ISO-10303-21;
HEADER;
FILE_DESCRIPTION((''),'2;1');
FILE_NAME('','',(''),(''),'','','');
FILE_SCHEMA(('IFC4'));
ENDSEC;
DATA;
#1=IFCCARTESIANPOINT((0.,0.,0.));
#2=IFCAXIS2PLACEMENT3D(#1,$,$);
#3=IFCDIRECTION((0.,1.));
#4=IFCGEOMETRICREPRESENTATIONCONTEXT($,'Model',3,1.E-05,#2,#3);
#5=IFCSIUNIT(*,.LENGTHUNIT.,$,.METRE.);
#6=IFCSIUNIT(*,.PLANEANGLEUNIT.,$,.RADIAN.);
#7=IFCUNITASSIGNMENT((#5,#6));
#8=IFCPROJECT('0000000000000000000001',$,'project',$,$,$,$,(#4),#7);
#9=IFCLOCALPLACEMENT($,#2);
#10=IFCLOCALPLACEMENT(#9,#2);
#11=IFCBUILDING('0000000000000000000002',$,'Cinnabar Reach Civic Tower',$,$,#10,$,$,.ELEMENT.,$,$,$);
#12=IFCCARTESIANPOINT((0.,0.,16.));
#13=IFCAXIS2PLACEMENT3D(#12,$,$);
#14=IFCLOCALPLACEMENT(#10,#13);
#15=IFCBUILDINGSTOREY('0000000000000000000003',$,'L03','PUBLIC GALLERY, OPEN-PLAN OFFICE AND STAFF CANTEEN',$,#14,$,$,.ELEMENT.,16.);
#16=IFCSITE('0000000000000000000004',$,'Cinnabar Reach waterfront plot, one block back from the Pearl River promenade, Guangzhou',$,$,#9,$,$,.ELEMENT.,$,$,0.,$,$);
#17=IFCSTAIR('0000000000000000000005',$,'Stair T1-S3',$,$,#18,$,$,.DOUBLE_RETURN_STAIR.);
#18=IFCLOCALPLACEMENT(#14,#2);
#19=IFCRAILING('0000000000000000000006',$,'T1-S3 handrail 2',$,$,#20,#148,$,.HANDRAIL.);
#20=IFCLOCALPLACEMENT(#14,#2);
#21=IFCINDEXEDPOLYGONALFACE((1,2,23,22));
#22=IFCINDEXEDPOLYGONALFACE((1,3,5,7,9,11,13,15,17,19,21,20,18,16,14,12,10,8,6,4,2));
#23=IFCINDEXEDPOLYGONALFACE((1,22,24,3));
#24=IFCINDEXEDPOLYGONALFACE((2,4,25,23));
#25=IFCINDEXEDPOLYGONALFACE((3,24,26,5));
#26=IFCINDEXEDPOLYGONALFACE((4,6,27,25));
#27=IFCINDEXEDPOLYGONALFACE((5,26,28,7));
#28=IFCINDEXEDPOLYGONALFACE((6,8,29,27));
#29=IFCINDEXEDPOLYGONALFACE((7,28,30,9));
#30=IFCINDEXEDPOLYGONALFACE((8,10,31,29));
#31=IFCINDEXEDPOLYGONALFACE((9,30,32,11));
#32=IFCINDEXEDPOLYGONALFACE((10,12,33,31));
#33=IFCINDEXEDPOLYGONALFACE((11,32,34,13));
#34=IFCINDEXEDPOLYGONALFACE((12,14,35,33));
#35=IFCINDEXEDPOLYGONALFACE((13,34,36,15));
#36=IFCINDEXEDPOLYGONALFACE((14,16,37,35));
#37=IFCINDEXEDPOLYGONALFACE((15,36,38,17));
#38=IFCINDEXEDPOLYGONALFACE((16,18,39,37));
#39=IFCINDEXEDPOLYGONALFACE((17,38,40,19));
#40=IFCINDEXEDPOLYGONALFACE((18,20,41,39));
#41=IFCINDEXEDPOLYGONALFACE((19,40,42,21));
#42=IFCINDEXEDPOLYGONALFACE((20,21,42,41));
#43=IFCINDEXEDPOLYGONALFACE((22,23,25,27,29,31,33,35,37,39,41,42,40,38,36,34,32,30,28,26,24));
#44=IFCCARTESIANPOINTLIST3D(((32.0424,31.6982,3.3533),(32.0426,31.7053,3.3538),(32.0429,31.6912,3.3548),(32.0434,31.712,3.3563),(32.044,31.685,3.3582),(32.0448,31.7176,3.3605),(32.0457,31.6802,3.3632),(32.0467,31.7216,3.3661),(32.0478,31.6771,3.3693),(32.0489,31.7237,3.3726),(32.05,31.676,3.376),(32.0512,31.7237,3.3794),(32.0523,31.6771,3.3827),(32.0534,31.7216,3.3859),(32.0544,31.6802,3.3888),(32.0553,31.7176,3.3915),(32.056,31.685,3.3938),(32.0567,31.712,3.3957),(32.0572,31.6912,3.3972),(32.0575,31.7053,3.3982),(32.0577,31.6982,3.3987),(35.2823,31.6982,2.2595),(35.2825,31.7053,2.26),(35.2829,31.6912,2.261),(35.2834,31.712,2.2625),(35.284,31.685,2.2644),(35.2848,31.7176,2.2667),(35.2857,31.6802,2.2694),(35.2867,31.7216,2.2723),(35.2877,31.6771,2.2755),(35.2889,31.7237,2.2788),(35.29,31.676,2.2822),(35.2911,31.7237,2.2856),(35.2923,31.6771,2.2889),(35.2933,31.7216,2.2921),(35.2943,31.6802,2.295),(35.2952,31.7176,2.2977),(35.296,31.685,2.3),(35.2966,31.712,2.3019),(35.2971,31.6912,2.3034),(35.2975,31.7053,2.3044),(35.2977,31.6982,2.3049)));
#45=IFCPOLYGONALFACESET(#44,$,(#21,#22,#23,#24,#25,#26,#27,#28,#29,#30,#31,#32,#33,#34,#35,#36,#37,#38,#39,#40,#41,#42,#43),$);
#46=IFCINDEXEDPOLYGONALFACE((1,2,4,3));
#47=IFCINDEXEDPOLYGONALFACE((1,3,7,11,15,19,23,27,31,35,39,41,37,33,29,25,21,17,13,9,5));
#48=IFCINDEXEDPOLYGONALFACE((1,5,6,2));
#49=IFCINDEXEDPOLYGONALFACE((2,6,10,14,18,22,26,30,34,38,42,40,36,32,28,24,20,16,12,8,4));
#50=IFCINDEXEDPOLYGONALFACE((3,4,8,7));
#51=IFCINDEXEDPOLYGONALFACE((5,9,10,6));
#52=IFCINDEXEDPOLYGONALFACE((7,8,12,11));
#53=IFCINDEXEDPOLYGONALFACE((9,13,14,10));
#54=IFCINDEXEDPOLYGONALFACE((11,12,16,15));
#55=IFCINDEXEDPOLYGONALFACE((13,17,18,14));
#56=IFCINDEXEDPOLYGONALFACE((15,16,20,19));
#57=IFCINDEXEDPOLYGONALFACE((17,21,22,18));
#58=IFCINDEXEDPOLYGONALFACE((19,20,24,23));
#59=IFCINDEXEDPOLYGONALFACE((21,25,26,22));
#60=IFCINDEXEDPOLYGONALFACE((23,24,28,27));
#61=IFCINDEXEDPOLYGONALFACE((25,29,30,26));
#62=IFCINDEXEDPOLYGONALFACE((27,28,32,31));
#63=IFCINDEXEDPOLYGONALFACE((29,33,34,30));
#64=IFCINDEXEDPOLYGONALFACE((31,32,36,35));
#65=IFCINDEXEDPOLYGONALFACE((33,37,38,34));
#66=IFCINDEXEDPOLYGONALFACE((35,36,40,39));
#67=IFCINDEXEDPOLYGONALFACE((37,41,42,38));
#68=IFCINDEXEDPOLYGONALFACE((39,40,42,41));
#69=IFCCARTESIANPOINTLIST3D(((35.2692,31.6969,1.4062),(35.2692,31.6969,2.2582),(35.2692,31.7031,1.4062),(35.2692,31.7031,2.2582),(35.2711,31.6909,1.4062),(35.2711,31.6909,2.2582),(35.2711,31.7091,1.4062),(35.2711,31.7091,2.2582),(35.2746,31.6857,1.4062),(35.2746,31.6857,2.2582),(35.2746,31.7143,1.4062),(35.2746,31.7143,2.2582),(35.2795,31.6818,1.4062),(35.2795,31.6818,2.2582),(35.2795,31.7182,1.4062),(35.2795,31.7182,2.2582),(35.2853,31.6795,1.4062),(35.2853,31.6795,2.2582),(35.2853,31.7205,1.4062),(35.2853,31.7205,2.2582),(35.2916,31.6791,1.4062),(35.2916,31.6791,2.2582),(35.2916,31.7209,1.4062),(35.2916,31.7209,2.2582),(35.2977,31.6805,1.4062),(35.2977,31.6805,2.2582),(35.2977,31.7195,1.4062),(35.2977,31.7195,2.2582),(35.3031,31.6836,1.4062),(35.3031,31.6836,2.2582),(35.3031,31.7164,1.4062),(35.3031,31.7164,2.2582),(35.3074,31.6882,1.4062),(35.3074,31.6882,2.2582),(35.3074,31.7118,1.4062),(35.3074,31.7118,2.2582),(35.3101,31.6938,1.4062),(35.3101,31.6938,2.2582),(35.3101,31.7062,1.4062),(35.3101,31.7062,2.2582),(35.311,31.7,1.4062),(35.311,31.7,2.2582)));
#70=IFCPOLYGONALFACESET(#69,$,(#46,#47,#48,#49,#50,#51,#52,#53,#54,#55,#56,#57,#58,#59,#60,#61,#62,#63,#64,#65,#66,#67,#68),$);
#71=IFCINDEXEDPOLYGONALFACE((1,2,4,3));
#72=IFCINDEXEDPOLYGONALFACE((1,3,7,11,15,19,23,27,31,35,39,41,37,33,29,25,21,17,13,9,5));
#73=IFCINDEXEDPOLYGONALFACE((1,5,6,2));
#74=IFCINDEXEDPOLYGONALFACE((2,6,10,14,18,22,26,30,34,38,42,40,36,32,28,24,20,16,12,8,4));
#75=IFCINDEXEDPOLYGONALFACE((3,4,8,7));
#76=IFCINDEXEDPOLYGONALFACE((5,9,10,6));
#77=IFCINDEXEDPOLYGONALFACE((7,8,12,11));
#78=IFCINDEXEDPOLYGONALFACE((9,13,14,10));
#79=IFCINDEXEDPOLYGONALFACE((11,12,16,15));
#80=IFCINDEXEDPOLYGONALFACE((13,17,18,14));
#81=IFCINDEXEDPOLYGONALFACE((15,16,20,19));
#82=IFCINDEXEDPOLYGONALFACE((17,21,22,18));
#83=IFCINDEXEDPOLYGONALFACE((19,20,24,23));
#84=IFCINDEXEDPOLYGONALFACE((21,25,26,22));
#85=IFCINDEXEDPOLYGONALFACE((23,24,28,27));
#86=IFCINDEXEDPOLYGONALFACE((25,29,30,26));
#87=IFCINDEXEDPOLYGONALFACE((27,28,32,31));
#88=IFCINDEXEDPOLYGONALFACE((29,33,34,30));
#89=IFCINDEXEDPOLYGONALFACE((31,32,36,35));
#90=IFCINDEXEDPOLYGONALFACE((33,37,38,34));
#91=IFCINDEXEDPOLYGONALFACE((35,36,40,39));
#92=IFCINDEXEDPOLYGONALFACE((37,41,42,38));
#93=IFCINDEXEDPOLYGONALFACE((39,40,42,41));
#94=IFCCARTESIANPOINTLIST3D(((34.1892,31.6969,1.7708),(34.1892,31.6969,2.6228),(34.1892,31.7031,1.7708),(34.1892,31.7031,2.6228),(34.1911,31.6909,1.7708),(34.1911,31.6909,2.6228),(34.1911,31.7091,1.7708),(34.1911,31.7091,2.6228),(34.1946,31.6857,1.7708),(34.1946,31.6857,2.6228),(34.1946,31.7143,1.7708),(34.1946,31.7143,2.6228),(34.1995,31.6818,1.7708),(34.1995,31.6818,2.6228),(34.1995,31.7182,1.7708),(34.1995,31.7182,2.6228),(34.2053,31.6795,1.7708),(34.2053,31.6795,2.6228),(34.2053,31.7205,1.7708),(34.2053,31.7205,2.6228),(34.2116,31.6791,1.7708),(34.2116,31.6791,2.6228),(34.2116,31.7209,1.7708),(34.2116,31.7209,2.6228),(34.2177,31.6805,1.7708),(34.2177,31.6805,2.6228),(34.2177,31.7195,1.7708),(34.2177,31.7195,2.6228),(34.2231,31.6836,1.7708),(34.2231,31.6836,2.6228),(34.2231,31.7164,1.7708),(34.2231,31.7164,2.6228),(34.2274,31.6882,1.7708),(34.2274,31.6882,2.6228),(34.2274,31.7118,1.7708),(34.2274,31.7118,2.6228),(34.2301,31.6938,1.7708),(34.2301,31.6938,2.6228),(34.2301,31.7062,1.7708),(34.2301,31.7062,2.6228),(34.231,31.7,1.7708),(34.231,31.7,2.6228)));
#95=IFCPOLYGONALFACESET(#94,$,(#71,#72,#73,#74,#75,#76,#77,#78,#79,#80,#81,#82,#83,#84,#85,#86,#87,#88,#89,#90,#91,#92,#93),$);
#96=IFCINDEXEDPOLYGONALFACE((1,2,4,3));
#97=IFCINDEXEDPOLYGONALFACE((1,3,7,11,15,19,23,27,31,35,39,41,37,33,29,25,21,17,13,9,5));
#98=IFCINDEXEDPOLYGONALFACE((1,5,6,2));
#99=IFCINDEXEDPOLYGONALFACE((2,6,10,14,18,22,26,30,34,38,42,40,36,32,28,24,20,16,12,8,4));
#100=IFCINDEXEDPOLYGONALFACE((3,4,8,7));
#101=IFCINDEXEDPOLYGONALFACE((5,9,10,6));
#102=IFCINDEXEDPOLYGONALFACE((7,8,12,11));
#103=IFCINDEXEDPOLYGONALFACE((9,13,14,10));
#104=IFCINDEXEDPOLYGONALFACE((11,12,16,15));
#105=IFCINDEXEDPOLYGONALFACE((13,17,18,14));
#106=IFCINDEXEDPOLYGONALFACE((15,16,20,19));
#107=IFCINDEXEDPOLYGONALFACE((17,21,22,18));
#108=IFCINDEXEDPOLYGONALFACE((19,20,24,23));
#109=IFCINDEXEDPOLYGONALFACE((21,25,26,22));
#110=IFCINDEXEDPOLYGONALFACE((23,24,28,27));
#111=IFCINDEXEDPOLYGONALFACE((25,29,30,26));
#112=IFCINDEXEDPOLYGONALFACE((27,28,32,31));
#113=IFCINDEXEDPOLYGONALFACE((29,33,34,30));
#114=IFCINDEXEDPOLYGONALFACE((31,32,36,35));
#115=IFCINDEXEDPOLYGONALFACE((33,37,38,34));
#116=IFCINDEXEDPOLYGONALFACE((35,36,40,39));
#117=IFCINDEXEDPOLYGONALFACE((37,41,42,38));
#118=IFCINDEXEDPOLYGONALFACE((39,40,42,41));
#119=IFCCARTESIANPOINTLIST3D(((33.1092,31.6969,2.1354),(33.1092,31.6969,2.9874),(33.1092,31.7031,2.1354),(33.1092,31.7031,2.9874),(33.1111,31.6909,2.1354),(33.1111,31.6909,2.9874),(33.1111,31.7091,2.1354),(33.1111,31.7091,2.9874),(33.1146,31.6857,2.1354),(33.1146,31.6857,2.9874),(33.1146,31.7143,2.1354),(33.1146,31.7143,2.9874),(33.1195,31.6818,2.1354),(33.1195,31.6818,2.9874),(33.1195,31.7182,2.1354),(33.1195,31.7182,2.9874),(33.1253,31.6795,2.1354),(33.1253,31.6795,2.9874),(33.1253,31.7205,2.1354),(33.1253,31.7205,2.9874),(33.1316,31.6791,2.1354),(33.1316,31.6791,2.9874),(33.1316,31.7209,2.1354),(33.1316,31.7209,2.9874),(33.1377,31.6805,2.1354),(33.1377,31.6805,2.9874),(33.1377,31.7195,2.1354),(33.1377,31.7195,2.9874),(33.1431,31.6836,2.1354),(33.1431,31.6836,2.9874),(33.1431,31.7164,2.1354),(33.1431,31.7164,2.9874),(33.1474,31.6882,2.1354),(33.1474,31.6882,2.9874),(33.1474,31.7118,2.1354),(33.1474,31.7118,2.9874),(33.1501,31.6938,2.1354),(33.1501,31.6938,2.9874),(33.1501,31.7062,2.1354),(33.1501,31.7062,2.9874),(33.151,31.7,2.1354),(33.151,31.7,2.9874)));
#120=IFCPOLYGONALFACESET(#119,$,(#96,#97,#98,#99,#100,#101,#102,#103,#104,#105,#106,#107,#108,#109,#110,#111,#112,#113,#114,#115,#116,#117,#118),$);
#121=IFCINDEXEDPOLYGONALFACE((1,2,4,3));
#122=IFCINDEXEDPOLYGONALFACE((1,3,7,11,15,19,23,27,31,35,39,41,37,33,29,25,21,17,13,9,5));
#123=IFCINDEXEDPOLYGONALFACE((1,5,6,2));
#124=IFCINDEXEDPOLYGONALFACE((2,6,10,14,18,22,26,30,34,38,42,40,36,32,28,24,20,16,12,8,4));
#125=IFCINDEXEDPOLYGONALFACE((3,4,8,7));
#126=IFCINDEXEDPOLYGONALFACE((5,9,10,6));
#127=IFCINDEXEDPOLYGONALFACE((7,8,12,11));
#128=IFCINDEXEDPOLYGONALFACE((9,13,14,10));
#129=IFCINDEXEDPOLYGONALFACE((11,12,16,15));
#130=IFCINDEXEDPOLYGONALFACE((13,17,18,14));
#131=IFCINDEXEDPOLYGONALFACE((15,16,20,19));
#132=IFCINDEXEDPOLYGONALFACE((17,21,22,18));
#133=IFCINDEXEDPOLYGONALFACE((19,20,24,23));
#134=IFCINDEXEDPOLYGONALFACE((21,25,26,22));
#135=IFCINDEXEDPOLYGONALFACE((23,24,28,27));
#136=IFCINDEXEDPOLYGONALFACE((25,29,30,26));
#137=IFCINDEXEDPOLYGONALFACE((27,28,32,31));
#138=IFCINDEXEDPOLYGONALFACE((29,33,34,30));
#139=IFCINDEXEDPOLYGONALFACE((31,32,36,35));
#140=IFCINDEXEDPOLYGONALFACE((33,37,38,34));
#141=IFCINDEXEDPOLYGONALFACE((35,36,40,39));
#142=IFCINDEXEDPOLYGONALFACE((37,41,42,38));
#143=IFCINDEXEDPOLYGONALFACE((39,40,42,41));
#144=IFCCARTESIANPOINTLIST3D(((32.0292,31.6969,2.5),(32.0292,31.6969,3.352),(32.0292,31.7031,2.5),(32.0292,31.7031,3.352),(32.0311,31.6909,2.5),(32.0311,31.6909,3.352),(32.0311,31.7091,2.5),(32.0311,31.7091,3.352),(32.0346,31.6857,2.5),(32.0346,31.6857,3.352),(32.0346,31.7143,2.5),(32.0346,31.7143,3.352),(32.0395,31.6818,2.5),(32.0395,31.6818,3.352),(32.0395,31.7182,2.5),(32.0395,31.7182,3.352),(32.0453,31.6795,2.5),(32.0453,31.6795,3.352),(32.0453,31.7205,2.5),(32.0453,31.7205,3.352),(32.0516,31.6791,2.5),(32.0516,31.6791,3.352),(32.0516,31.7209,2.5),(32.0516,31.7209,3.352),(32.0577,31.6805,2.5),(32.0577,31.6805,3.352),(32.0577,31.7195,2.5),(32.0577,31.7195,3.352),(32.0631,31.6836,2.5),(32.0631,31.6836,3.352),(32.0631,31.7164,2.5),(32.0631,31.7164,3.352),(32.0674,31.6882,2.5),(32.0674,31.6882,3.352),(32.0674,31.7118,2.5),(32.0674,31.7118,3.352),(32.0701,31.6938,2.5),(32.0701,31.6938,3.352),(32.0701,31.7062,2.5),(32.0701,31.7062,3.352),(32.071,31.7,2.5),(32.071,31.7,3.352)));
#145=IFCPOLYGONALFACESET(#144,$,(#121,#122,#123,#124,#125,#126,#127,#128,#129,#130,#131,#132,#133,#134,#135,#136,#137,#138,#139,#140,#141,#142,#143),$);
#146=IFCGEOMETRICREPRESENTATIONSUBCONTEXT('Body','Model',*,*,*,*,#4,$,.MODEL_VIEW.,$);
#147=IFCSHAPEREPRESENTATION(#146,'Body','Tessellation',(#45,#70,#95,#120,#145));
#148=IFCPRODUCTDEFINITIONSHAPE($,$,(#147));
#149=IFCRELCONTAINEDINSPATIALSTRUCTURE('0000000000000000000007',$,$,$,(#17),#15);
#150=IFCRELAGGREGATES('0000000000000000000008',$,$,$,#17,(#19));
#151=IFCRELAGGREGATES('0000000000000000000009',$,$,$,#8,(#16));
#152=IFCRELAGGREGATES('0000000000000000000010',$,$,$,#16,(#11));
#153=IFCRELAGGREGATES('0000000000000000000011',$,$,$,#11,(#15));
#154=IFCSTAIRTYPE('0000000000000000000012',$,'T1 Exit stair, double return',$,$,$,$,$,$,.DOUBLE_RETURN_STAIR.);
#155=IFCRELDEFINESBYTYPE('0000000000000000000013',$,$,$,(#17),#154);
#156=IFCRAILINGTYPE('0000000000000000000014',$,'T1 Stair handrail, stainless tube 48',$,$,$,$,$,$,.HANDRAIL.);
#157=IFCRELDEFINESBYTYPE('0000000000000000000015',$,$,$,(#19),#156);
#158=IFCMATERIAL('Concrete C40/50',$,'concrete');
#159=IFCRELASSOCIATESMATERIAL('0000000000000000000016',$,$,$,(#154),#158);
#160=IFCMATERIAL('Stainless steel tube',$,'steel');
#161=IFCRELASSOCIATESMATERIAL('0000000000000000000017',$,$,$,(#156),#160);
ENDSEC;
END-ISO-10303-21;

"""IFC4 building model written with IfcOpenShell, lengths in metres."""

from ifc_helpers import new_model, si_unit, direction, frame, origin, origin_2d, place, context, subcontext, project, spatial, circle, extrude, material, type_object, element, aggregate, save


model = new_model("IFC4")

# Units and contexts
model_context = context("Model", 3, precision=1e-05, world=origin(), true_north=direction((0.0, 1.0)))
body_context = subcontext(model_context, "Body", "Model", "MODEL_VIEW")
ifc_project = project(units=[si_unit("LENGTHUNIT", "METRE"), si_unit("PLANEANGLEUNIT", "RADIAN")], contexts=[model_context])

# Site, building, storey
site_placement = place(None, origin())
site = spatial("IfcSite", under=ifc_project, at=site_placement, Name="Cinnabar Reach waterfront plot, one block back from the Pearl River promenade, Guangzhou", CompositionType="ELEMENT", RefElevation=0.0)
building_placement = place(site_placement, origin())
building = spatial("IfcBuilding", under=site, at=building_placement, Name="Cinnabar Reach Civic Tower", CompositionType="ELEMENT")
storey_placement = place(building_placement, frame((0.0, 0.0, 16.0)))
storey = spatial("IfcBuildingStorey", under=building, at=storey_placement, Name="L03", Description="PUBLIC GALLERY, OPEN-PLAN OFFICE AND STAFF CANTEEN", CompositionType="ELEMENT", Elevation=16.0)

# Stair, railing
ifc_material_1 = material(Name="Concrete C40/50", Category="concrete")
stair_type = type_object("IfcStairType", Name="T1 Exit stair, double return", PredefinedType="DOUBLE_RETURN_STAIR", material=ifc_material_1)
stair_placement = place(storey_placement, origin())
stair = element("IfcStair", 1, at=stair_placement, inside=storey, type_object=stair_type, Name="Stair T1-S3", PredefinedType="DOUBLE_RETURN_STAIR")
ifc_material_2 = material(Name="Stainless steel tube", Category="steel")
railing_type = type_object("IfcRailingType", Name="T1 Stair handrail, stainless tube 48", PredefinedType="HANDRAIL", material=ifc_material_2)
railing_1_placement = place(storey_placement, frame((35.29, 31.7, 1.4062)))
railing_1 = element("IfcRailing", 2, at=railing_1_placement, type_object=railing_type, Name="T1-S3 handrail 2", PredefinedType="HANDRAIL", context=body_context, shape_type="SweptSolid", body=[
    extrude(circle(Radius=0.024, at=origin_2d()), frame((0.0, 0.0, 0.876), z_axis=(-0.947466, 0.0, 0.319857), x_axis=(0.0, -1.0, 0.0)), (0.0, 0.0, 1.0), 3.4196),
    extrude(circle(Radius=0.021, at=origin_2d()), origin(), (0.0, 0.0, 1.0), 0.852),
    extrude(circle(Radius=0.021, at=origin_2d()), frame((-1.08, 0.0, 0.3646)), (0.0, 0.0, 1.0), 0.852),
    extrude(circle(Radius=0.021, at=origin_2d()), frame((-2.16, 0.0, 0.7292)), (0.0, 0.0, 1.0), 0.852),
    extrude(circle(Radius=0.021, at=origin_2d()), frame((-3.24, 0.0, 1.0938)), (0.0, 0.0, 1.0), 0.852),
])
aggregate(stair, [railing_1])

save(model, "model.ifc")
